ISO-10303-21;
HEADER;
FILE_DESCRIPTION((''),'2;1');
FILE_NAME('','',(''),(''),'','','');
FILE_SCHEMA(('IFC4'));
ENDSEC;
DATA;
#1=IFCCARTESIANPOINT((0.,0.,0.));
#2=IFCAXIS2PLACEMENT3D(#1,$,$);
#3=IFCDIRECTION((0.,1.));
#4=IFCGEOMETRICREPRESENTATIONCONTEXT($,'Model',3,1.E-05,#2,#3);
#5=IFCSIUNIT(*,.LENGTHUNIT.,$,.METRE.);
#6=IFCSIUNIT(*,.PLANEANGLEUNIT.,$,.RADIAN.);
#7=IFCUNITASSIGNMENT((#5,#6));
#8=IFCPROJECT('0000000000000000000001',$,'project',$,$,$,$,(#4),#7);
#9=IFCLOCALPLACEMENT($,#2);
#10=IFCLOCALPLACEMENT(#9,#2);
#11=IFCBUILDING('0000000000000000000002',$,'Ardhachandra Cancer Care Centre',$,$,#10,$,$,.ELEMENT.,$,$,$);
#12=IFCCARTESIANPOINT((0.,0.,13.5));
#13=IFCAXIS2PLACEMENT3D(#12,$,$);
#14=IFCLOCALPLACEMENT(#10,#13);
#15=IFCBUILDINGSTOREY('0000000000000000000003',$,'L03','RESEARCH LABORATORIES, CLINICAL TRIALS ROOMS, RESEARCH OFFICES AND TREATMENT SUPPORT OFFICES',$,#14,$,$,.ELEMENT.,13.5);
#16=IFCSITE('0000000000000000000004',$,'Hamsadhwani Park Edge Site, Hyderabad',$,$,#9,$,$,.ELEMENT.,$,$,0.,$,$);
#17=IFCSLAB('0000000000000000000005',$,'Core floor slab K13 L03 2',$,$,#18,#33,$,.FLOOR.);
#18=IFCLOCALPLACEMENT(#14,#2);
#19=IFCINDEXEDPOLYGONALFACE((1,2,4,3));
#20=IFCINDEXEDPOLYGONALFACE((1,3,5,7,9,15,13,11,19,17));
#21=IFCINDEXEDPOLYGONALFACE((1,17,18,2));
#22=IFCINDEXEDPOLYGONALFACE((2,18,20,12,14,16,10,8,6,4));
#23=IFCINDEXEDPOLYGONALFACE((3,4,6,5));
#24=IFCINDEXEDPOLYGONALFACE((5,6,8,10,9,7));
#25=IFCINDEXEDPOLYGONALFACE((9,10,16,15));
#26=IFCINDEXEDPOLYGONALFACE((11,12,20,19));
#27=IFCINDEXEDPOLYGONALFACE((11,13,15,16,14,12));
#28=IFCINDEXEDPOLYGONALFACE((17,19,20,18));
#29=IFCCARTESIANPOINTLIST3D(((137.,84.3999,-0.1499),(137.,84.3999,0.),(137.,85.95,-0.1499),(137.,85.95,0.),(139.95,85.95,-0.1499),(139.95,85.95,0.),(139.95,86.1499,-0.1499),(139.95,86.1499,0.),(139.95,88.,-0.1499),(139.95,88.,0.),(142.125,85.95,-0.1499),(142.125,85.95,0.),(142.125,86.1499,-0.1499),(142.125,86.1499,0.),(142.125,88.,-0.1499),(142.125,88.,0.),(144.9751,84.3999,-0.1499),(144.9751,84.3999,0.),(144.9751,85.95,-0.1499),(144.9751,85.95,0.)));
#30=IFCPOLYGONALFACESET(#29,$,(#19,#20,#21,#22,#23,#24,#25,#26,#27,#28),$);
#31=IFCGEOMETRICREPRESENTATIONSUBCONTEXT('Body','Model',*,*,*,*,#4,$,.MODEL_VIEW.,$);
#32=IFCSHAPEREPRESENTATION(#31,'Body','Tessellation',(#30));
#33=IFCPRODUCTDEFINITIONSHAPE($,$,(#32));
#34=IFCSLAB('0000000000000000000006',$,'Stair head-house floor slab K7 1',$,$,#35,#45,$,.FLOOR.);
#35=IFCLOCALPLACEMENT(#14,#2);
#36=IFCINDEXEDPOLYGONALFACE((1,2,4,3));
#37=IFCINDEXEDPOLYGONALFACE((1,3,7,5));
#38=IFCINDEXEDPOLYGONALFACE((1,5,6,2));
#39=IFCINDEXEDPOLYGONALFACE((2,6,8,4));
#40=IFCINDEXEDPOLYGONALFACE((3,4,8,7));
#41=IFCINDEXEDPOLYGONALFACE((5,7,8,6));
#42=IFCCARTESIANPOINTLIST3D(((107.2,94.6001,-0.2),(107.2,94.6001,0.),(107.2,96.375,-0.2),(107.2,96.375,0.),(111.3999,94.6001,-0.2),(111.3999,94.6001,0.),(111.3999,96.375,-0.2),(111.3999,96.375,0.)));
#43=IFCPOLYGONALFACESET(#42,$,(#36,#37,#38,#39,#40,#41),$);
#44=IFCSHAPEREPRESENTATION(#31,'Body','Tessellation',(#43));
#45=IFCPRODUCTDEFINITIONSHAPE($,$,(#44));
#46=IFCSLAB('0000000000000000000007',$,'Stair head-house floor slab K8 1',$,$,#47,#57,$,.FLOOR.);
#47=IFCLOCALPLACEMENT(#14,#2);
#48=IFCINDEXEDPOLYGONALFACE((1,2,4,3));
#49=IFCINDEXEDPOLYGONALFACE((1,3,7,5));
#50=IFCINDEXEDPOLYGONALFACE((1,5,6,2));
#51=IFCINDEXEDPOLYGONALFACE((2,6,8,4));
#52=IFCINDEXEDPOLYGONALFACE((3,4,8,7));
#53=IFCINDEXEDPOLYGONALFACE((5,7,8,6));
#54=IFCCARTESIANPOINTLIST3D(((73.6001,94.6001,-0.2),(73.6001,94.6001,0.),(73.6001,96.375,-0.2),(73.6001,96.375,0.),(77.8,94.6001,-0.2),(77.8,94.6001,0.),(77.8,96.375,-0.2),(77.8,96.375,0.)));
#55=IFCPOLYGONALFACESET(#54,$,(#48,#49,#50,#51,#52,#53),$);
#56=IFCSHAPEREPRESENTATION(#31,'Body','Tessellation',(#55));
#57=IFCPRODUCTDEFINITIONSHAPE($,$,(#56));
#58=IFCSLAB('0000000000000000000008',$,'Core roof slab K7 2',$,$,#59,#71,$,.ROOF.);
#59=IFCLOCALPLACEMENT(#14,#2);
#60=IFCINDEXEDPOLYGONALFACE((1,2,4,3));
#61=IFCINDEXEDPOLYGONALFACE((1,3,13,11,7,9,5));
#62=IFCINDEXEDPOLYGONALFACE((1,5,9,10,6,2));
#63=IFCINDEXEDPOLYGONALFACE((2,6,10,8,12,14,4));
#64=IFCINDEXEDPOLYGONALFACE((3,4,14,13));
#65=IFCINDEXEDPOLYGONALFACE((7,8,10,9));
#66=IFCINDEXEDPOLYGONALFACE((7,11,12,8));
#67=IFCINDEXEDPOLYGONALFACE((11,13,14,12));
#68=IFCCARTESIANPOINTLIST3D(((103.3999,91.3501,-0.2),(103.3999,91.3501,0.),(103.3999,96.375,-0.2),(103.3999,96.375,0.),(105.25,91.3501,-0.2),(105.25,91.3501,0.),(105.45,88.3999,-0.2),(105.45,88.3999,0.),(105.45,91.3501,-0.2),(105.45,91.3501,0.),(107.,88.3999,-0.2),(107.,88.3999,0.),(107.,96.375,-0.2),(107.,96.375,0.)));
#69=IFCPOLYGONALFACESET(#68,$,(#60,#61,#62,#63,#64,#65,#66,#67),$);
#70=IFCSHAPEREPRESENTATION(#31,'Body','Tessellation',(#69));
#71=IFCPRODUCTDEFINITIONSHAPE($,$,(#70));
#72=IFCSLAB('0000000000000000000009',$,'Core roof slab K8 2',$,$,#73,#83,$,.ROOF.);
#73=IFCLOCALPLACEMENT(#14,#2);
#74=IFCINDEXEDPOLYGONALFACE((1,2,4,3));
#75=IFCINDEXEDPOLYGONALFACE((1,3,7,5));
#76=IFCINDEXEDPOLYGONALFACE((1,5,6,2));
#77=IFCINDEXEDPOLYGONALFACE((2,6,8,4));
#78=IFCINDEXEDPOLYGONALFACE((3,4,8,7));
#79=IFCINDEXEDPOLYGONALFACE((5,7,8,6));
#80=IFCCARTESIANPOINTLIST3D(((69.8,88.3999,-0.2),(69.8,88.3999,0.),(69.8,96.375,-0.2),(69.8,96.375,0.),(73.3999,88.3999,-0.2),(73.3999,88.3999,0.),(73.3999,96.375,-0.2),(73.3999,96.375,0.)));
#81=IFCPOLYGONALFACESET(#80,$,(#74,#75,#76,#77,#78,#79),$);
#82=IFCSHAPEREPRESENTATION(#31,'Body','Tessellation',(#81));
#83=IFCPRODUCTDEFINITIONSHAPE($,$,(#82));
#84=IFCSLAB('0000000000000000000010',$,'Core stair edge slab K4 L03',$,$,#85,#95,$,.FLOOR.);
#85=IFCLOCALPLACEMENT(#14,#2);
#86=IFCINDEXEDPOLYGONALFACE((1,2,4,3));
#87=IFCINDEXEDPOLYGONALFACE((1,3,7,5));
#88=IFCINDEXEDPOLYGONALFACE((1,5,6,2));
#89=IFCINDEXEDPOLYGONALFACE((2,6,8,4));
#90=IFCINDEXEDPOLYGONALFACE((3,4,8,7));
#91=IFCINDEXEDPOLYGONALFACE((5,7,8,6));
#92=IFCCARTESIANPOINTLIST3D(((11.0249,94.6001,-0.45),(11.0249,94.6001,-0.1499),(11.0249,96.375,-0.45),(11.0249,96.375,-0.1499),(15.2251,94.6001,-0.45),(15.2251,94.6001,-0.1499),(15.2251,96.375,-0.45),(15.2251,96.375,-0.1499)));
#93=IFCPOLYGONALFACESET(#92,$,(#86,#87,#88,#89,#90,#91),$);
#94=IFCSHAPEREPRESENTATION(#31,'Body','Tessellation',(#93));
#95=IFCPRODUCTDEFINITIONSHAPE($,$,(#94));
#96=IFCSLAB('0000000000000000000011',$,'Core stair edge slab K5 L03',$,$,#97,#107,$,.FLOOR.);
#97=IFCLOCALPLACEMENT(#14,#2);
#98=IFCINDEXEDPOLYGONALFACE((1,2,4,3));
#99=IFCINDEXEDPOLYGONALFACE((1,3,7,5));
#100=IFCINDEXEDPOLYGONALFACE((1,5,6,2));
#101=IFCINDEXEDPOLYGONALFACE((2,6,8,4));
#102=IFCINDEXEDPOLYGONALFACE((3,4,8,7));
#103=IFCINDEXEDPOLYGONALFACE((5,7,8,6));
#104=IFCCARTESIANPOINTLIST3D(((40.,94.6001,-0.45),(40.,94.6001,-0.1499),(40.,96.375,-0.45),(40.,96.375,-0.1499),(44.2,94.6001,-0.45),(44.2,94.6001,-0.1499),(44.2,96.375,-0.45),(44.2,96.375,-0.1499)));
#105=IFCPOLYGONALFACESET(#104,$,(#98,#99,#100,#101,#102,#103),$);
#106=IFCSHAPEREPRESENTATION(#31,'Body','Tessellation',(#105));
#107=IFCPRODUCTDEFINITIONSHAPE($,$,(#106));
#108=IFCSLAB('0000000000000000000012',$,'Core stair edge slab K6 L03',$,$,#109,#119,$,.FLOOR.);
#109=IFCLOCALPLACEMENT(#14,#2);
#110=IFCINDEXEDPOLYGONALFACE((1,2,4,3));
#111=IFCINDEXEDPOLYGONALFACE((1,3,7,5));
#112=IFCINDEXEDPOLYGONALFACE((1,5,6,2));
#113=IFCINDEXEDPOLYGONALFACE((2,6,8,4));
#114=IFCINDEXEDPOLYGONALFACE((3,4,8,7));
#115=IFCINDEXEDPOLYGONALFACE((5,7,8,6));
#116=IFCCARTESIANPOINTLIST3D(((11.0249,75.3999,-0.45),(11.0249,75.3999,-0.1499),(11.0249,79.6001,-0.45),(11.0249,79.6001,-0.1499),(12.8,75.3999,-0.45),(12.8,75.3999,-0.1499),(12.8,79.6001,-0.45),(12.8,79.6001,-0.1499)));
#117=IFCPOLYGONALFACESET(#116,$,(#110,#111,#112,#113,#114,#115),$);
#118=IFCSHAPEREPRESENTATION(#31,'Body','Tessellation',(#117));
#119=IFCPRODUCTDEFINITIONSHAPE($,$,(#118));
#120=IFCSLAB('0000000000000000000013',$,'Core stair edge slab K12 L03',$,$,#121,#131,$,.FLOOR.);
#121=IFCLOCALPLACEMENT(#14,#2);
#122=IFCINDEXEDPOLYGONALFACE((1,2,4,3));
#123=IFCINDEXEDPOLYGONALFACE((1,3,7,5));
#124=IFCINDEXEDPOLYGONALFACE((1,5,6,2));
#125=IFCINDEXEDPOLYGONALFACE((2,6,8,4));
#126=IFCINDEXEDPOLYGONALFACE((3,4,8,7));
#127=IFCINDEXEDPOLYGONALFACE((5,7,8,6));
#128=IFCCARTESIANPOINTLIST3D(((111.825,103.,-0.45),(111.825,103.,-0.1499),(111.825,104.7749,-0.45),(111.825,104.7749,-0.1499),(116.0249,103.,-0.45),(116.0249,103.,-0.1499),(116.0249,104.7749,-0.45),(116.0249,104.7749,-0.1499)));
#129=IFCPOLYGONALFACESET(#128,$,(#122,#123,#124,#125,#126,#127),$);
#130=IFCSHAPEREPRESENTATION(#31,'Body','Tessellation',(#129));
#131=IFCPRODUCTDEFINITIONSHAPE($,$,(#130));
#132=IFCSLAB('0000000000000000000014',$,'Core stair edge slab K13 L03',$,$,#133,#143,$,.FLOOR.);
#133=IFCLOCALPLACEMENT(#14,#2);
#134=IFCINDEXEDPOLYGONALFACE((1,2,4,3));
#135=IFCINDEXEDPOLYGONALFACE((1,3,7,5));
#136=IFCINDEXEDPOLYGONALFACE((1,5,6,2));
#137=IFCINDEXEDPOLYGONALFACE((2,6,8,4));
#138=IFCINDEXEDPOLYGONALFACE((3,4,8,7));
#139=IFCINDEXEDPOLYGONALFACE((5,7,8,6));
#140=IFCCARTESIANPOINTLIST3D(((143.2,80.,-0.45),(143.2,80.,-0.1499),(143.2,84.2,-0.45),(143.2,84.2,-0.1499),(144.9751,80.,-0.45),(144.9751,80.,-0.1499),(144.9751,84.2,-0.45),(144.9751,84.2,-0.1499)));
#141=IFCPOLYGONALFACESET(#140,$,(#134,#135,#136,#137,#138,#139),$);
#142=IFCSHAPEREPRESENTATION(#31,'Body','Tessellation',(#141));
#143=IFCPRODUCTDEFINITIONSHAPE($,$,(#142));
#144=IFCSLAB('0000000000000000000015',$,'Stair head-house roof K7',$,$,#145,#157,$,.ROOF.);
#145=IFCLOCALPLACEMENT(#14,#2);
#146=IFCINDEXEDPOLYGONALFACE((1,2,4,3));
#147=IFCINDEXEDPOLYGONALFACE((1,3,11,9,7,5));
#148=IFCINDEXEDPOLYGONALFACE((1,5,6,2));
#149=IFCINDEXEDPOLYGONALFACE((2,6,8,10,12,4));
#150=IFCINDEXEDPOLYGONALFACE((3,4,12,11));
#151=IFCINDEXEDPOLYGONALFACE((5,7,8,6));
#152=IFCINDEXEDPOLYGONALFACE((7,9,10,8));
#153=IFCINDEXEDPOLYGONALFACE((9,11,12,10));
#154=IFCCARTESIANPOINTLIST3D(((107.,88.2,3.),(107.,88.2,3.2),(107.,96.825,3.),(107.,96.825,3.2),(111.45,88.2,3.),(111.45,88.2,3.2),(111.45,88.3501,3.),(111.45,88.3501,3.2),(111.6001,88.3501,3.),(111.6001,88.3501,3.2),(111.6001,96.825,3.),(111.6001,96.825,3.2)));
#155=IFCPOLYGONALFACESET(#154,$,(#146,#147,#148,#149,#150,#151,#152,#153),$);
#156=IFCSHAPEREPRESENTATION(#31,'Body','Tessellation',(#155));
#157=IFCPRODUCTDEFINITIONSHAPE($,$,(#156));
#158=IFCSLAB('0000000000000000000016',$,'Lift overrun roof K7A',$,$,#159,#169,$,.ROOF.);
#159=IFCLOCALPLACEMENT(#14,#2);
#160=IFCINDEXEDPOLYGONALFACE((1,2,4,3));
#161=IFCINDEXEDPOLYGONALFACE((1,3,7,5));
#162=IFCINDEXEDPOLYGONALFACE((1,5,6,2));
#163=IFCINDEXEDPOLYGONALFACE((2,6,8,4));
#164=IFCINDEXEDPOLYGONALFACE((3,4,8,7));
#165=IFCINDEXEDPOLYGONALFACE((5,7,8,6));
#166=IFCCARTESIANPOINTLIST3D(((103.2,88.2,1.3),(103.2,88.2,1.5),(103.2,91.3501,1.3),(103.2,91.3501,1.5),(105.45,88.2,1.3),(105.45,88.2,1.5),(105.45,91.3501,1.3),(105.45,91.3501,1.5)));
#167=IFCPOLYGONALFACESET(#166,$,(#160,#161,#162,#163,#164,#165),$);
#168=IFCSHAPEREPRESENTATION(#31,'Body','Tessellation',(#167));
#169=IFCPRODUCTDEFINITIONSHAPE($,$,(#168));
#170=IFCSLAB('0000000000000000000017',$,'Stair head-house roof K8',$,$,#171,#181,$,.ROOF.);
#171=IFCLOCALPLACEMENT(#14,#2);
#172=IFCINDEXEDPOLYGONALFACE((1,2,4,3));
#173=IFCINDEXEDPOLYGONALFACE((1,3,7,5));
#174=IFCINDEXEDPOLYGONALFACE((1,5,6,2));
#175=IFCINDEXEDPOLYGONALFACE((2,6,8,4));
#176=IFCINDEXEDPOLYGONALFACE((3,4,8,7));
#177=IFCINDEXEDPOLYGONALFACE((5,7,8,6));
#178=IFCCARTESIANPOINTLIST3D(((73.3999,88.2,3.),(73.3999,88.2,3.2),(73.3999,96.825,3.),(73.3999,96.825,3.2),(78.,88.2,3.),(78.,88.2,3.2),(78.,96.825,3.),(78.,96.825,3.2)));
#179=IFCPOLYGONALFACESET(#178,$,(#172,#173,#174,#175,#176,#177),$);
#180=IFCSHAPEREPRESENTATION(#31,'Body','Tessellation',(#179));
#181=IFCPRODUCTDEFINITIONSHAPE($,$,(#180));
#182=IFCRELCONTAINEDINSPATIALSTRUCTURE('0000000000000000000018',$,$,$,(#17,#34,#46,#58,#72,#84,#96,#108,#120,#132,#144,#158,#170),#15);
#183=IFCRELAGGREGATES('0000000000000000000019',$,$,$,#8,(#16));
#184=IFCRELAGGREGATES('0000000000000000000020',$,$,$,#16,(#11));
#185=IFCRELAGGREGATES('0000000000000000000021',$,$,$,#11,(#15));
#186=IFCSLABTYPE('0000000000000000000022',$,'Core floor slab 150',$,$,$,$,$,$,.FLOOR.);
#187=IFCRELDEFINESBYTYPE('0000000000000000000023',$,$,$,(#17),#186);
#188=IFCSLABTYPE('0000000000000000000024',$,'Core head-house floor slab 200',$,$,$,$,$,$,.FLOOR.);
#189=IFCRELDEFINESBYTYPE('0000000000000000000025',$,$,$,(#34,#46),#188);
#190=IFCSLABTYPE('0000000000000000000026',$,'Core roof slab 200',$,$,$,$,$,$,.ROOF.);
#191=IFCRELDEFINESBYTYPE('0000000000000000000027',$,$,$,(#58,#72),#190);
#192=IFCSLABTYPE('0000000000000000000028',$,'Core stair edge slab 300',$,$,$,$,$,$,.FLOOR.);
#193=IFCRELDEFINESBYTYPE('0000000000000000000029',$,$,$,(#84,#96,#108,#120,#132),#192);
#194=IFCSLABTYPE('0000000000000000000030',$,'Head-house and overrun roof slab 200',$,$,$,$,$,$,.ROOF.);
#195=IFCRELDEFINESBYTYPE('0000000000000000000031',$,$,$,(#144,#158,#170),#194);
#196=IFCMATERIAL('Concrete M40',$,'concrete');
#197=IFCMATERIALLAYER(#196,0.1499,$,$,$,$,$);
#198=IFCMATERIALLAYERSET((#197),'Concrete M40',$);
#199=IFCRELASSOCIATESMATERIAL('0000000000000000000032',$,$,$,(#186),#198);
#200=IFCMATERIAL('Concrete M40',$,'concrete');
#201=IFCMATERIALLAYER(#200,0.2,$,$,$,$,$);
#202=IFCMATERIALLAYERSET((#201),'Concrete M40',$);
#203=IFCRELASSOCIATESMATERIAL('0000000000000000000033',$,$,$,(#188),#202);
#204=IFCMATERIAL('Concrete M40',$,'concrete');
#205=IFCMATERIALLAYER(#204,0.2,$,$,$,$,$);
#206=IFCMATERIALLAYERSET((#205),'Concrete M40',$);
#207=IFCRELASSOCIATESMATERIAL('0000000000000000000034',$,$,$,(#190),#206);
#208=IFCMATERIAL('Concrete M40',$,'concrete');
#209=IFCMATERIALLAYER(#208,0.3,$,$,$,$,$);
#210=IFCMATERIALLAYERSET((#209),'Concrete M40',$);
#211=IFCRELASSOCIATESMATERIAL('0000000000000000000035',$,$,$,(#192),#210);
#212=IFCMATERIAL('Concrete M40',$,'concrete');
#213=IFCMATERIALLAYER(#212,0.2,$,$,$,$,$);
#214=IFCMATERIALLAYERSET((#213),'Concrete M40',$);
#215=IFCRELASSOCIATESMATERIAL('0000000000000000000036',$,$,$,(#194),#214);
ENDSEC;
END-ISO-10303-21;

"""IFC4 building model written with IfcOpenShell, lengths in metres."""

from ifc_helpers import new_model, si_unit, direction, frame, origin, place, context, subcontext, project, spatial, polyline, outline, extrude, material, layer, layer_set, type_object, element, save


model = new_model("IFC4")

# Units and contexts
model_context = context("Model", 3, precision=1e-05, world=origin(), true_north=direction((0.0, 1.0)))
body_context = subcontext(model_context, "Body", "Model", "MODEL_VIEW")
ifc_project = project(units=[si_unit("LENGTHUNIT", "METRE"), si_unit("PLANEANGLEUNIT", "RADIAN")], contexts=[model_context])

# Site, building, storey
site_placement = place(None, origin())
site = spatial("IfcSite", under=ifc_project, at=site_placement, Name="Hamsadhwani Park Edge Site, Hyderabad", CompositionType="ELEMENT", RefElevation=0.0)
building_placement = place(site_placement, origin())
building = spatial("IfcBuilding", under=site, at=building_placement, Name="Ardhachandra Cancer Care Centre", CompositionType="ELEMENT")
storey_placement = place(building_placement, frame((0.0, 0.0, 13.5)))
storey = spatial("IfcBuildingStorey", under=building, at=storey_placement, Name="L03", Description="RESEARCH LABORATORIES, CLINICAL TRIALS ROOMS, RESEARCH OFFICES AND TREATMENT SUPPORT OFFICES", CompositionType="ELEMENT", Elevation=13.5)

# Slabs
ifc_material_1 = material(Name="Concrete M40", Category="concrete")
ifc_layer_1 = layer(ifc_material_1, 0.1499)
ifc_layer_set_1 = layer_set([ifc_layer_1], Name="Concrete M40")
slab_type_1 = type_object("IfcSlabType", Name="Core floor slab 150", PredefinedType="FLOOR", material=ifc_layer_set_1)
slab_1_placement = place(storey_placement, frame((0.0, 0.0, -0.1499)))
element("IfcSlab", 1, at=slab_1_placement, inside=storey, type_object=slab_type_1, Name="Core floor slab K13 L03 2", PredefinedType="FLOOR", context=body_context, shape_type="SweptSolid", body=[
    extrude(outline(polyline([(139.95, 88.0), (139.95, 86.1499), (139.95, 85.95), (137.0, 85.95), (137.0, 84.3999), (144.9751, 84.3999), (144.9751, 85.95), (142.125, 85.95), (142.125, 86.1499), (142.125, 88.0), (139.95, 88.0)])), origin(), (0.0, 0.0, 1.0), 0.1499),
])
ifc_material_2 = material(Name="Concrete M40", Category="concrete")
ifc_layer_2 = layer(ifc_material_2, 0.2)
ifc_layer_set_2 = layer_set([ifc_layer_2], Name="Concrete M40")
slab_type_2 = type_object("IfcSlabType", Name="Core head-house floor slab 200", PredefinedType="FLOOR", material=ifc_layer_set_2)
slab_2_placement = place(storey_placement, frame((0.0, 0.0, -0.2)))
element("IfcSlab", 2, at=slab_2_placement, inside=storey, type_object=slab_type_2, Name="Stair head-house floor slab K7 1", PredefinedType="FLOOR", context=body_context, shape_type="SweptSolid", body=[
    extrude(outline(polyline([(107.2, 96.375), (107.2, 94.6001), (111.3999, 94.6001), (111.3999, 96.375), (107.2, 96.375)])), origin(), (0.0, 0.0, 1.0), 0.2),
])
slab_3_placement = place(storey_placement, frame((0.0, 0.0, -0.2)))
element("IfcSlab", 3, at=slab_3_placement, inside=storey, type_object=slab_type_2, Name="Stair head-house floor slab K8 1", PredefinedType="FLOOR", context=body_context, shape_type="SweptSolid", body=[
    extrude(outline(polyline([(73.6001, 96.375), (73.6001, 94.6001), (77.8, 94.6001), (77.8, 96.375), (73.6001, 96.375)])), origin(), (0.0, 0.0, 1.0), 0.2),
])
ifc_material_3 = material(Name="Concrete M40", Category="concrete")
ifc_layer_3 = layer(ifc_material_3, 0.2)
ifc_layer_set_3 = layer_set([ifc_layer_3], Name="Concrete M40")
slab_type_3 = type_object("IfcSlabType", Name="Core roof slab 200", PredefinedType="ROOF", material=ifc_layer_set_3)
slab_4_placement = place(storey_placement, frame((0.0, 0.0, -0.2)))
element("IfcSlab", 4, at=slab_4_placement, inside=storey, type_object=slab_type_3, Name="Core roof slab K7 2", PredefinedType="ROOF", context=body_context, shape_type="SweptSolid", body=[
    extrude(outline(polyline([(103.3999, 91.3501), (105.25, 91.3501), (105.45, 91.3501), (105.45, 88.3999), (107.0, 88.3999), (107.0, 96.375), (103.3999, 96.375), (103.3999, 91.3501)])), origin(), (0.0, 0.0, 1.0), 0.2),
])
slab_5_placement = place(storey_placement, frame((0.0, 0.0, -0.2)))
element("IfcSlab", 5, at=slab_5_placement, inside=storey, type_object=slab_type_3, Name="Core roof slab K8 2", PredefinedType="ROOF", context=body_context, shape_type="SweptSolid", body=[
    extrude(outline(polyline([(69.8, 88.3999), (73.3999, 88.3999), (73.3999, 96.375), (69.8, 96.375), (69.8, 88.3999)])), origin(), (0.0, 0.0, 1.0), 0.2),
])
ifc_material_4 = material(Name="Concrete M40", Category="concrete")
ifc_layer_4 = layer(ifc_material_4, 0.3)
ifc_layer_set_4 = layer_set([ifc_layer_4], Name="Concrete M40")
slab_type_4 = type_object("IfcSlabType", Name="Core stair edge slab 300", PredefinedType="FLOOR", material=ifc_layer_set_4)
slab_6_placement = place(storey_placement, frame((0.0, 0.0, -0.45)))
element("IfcSlab", 6, at=slab_6_placement, inside=storey, type_object=slab_type_4, Name="Core stair edge slab K4 L03", PredefinedType="FLOOR", context=body_context, shape_type="SweptSolid", body=[
    extrude(outline(polyline([(11.0249, 94.6001), (15.2251, 94.6001), (15.2251, 96.375), (11.0249, 96.375), (11.0249, 94.6001)])), origin(), (0.0, 0.0, 1.0), 0.3),
])
slab_7_placement = place(storey_placement, frame((0.0, 0.0, -0.45)))
element("IfcSlab", 7, at=slab_7_placement, inside=storey, type_object=slab_type_4, Name="Core stair edge slab K5 L03", PredefinedType="FLOOR", context=body_context, shape_type="SweptSolid", body=[
    extrude(outline(polyline([(44.2, 94.6001), (40.0, 94.6001), (40.0, 96.375), (44.2, 96.375), (44.2, 94.6001)])), origin(), (0.0, 0.0, 1.0), 0.3),
])
slab_8_placement = place(storey_placement, frame((0.0, 0.0, -0.45)))
element("IfcSlab", 8, at=slab_8_placement, inside=storey, type_object=slab_type_4, Name="Core stair edge slab K6 L03", PredefinedType="FLOOR", context=body_context, shape_type="SweptSolid", body=[
    extrude(outline(polyline([(12.8, 79.6001), (12.8, 75.3999), (11.0249, 75.3999), (11.0249, 79.6001), (12.8, 79.6001)])), origin(), (0.0, 0.0, 1.0), 0.3),
])
slab_9_placement = place(storey_placement, frame((0.0, 0.0, -0.45)))
element("IfcSlab", 9, at=slab_9_placement, inside=storey, type_object=slab_type_4, Name="Core stair edge slab K12 L03", PredefinedType="FLOOR", context=body_context, shape_type="SweptSolid", body=[
    extrude(outline(polyline([(111.825, 103.0), (116.0249, 103.0), (116.0249, 104.7749), (111.825, 104.7749), (111.825, 103.0)])), origin(), (0.0, 0.0, 1.0), 0.3),
])
slab_10_placement = place(storey_placement, frame((0.0, 0.0, -0.45)))
element("IfcSlab", 10, at=slab_10_placement, inside=storey, type_object=slab_type_4, Name="Core stair edge slab K13 L03", PredefinedType="FLOOR", context=body_context, shape_type="SweptSolid", body=[
    extrude(outline(polyline([(143.2, 80.0), (143.2, 84.2), (144.9751, 84.2), (144.9751, 80.0), (143.2, 80.0)])), origin(), (0.0, 0.0, 1.0), 0.3),
])
ifc_material_5 = material(Name="Concrete M40", Category="concrete")
ifc_layer_5 = layer(ifc_material_5, 0.2)
ifc_layer_set_5 = layer_set([ifc_layer_5], Name="Concrete M40")
slab_type_5 = type_object("IfcSlabType", Name="Head-house and overrun roof slab 200", PredefinedType="ROOF", material=ifc_layer_set_5)
slab_11_placement = place(storey_placement, frame((0.0, 0.0, 3.0)))
element("IfcSlab", 11, at=slab_11_placement, inside=storey, type_object=slab_type_5, Name="Stair head-house roof K7", PredefinedType="ROOF", context=body_context, shape_type="SweptSolid", body=[
    extrude(outline(polyline([(107.0, 88.2), (107.0, 96.825), (111.6001, 96.825), (111.6001, 88.3501), (111.45, 88.3501), (111.45, 88.2), (107.0, 88.2)])), origin(), (0.0, 0.0, 1.0), 0.2),
])
slab_12_placement = place(storey_placement, frame((0.0, 0.0, 1.3)))
element("IfcSlab", 12, at=slab_12_placement, inside=storey, type_object=slab_type_5, Name="Lift overrun roof K7A", PredefinedType="ROOF", context=body_context, shape_type="SweptSolid", body=[
    extrude(outline(polyline([(105.45, 88.2), (103.2, 88.2), (103.2, 91.3501), (105.45, 91.3501), (105.45, 88.2)])), origin(), (0.0, 0.0, 1.0), 0.2),
])
slab_13_placement = place(storey_placement, frame((0.0, 0.0, 3.0)))
element("IfcSlab", 13, at=slab_13_placement, inside=storey, type_object=slab_type_5, Name="Stair head-house roof K8", PredefinedType="ROOF", context=body_context, shape_type="SweptSolid", body=[
    extrude(outline(polyline([(73.3999, 88.2), (73.3999, 96.825), (78.0, 96.825), (78.0, 88.2), (73.3999, 88.2)])), origin(), (0.0, 0.0, 1.0), 0.2),
])

save(model, "model.ifc")
